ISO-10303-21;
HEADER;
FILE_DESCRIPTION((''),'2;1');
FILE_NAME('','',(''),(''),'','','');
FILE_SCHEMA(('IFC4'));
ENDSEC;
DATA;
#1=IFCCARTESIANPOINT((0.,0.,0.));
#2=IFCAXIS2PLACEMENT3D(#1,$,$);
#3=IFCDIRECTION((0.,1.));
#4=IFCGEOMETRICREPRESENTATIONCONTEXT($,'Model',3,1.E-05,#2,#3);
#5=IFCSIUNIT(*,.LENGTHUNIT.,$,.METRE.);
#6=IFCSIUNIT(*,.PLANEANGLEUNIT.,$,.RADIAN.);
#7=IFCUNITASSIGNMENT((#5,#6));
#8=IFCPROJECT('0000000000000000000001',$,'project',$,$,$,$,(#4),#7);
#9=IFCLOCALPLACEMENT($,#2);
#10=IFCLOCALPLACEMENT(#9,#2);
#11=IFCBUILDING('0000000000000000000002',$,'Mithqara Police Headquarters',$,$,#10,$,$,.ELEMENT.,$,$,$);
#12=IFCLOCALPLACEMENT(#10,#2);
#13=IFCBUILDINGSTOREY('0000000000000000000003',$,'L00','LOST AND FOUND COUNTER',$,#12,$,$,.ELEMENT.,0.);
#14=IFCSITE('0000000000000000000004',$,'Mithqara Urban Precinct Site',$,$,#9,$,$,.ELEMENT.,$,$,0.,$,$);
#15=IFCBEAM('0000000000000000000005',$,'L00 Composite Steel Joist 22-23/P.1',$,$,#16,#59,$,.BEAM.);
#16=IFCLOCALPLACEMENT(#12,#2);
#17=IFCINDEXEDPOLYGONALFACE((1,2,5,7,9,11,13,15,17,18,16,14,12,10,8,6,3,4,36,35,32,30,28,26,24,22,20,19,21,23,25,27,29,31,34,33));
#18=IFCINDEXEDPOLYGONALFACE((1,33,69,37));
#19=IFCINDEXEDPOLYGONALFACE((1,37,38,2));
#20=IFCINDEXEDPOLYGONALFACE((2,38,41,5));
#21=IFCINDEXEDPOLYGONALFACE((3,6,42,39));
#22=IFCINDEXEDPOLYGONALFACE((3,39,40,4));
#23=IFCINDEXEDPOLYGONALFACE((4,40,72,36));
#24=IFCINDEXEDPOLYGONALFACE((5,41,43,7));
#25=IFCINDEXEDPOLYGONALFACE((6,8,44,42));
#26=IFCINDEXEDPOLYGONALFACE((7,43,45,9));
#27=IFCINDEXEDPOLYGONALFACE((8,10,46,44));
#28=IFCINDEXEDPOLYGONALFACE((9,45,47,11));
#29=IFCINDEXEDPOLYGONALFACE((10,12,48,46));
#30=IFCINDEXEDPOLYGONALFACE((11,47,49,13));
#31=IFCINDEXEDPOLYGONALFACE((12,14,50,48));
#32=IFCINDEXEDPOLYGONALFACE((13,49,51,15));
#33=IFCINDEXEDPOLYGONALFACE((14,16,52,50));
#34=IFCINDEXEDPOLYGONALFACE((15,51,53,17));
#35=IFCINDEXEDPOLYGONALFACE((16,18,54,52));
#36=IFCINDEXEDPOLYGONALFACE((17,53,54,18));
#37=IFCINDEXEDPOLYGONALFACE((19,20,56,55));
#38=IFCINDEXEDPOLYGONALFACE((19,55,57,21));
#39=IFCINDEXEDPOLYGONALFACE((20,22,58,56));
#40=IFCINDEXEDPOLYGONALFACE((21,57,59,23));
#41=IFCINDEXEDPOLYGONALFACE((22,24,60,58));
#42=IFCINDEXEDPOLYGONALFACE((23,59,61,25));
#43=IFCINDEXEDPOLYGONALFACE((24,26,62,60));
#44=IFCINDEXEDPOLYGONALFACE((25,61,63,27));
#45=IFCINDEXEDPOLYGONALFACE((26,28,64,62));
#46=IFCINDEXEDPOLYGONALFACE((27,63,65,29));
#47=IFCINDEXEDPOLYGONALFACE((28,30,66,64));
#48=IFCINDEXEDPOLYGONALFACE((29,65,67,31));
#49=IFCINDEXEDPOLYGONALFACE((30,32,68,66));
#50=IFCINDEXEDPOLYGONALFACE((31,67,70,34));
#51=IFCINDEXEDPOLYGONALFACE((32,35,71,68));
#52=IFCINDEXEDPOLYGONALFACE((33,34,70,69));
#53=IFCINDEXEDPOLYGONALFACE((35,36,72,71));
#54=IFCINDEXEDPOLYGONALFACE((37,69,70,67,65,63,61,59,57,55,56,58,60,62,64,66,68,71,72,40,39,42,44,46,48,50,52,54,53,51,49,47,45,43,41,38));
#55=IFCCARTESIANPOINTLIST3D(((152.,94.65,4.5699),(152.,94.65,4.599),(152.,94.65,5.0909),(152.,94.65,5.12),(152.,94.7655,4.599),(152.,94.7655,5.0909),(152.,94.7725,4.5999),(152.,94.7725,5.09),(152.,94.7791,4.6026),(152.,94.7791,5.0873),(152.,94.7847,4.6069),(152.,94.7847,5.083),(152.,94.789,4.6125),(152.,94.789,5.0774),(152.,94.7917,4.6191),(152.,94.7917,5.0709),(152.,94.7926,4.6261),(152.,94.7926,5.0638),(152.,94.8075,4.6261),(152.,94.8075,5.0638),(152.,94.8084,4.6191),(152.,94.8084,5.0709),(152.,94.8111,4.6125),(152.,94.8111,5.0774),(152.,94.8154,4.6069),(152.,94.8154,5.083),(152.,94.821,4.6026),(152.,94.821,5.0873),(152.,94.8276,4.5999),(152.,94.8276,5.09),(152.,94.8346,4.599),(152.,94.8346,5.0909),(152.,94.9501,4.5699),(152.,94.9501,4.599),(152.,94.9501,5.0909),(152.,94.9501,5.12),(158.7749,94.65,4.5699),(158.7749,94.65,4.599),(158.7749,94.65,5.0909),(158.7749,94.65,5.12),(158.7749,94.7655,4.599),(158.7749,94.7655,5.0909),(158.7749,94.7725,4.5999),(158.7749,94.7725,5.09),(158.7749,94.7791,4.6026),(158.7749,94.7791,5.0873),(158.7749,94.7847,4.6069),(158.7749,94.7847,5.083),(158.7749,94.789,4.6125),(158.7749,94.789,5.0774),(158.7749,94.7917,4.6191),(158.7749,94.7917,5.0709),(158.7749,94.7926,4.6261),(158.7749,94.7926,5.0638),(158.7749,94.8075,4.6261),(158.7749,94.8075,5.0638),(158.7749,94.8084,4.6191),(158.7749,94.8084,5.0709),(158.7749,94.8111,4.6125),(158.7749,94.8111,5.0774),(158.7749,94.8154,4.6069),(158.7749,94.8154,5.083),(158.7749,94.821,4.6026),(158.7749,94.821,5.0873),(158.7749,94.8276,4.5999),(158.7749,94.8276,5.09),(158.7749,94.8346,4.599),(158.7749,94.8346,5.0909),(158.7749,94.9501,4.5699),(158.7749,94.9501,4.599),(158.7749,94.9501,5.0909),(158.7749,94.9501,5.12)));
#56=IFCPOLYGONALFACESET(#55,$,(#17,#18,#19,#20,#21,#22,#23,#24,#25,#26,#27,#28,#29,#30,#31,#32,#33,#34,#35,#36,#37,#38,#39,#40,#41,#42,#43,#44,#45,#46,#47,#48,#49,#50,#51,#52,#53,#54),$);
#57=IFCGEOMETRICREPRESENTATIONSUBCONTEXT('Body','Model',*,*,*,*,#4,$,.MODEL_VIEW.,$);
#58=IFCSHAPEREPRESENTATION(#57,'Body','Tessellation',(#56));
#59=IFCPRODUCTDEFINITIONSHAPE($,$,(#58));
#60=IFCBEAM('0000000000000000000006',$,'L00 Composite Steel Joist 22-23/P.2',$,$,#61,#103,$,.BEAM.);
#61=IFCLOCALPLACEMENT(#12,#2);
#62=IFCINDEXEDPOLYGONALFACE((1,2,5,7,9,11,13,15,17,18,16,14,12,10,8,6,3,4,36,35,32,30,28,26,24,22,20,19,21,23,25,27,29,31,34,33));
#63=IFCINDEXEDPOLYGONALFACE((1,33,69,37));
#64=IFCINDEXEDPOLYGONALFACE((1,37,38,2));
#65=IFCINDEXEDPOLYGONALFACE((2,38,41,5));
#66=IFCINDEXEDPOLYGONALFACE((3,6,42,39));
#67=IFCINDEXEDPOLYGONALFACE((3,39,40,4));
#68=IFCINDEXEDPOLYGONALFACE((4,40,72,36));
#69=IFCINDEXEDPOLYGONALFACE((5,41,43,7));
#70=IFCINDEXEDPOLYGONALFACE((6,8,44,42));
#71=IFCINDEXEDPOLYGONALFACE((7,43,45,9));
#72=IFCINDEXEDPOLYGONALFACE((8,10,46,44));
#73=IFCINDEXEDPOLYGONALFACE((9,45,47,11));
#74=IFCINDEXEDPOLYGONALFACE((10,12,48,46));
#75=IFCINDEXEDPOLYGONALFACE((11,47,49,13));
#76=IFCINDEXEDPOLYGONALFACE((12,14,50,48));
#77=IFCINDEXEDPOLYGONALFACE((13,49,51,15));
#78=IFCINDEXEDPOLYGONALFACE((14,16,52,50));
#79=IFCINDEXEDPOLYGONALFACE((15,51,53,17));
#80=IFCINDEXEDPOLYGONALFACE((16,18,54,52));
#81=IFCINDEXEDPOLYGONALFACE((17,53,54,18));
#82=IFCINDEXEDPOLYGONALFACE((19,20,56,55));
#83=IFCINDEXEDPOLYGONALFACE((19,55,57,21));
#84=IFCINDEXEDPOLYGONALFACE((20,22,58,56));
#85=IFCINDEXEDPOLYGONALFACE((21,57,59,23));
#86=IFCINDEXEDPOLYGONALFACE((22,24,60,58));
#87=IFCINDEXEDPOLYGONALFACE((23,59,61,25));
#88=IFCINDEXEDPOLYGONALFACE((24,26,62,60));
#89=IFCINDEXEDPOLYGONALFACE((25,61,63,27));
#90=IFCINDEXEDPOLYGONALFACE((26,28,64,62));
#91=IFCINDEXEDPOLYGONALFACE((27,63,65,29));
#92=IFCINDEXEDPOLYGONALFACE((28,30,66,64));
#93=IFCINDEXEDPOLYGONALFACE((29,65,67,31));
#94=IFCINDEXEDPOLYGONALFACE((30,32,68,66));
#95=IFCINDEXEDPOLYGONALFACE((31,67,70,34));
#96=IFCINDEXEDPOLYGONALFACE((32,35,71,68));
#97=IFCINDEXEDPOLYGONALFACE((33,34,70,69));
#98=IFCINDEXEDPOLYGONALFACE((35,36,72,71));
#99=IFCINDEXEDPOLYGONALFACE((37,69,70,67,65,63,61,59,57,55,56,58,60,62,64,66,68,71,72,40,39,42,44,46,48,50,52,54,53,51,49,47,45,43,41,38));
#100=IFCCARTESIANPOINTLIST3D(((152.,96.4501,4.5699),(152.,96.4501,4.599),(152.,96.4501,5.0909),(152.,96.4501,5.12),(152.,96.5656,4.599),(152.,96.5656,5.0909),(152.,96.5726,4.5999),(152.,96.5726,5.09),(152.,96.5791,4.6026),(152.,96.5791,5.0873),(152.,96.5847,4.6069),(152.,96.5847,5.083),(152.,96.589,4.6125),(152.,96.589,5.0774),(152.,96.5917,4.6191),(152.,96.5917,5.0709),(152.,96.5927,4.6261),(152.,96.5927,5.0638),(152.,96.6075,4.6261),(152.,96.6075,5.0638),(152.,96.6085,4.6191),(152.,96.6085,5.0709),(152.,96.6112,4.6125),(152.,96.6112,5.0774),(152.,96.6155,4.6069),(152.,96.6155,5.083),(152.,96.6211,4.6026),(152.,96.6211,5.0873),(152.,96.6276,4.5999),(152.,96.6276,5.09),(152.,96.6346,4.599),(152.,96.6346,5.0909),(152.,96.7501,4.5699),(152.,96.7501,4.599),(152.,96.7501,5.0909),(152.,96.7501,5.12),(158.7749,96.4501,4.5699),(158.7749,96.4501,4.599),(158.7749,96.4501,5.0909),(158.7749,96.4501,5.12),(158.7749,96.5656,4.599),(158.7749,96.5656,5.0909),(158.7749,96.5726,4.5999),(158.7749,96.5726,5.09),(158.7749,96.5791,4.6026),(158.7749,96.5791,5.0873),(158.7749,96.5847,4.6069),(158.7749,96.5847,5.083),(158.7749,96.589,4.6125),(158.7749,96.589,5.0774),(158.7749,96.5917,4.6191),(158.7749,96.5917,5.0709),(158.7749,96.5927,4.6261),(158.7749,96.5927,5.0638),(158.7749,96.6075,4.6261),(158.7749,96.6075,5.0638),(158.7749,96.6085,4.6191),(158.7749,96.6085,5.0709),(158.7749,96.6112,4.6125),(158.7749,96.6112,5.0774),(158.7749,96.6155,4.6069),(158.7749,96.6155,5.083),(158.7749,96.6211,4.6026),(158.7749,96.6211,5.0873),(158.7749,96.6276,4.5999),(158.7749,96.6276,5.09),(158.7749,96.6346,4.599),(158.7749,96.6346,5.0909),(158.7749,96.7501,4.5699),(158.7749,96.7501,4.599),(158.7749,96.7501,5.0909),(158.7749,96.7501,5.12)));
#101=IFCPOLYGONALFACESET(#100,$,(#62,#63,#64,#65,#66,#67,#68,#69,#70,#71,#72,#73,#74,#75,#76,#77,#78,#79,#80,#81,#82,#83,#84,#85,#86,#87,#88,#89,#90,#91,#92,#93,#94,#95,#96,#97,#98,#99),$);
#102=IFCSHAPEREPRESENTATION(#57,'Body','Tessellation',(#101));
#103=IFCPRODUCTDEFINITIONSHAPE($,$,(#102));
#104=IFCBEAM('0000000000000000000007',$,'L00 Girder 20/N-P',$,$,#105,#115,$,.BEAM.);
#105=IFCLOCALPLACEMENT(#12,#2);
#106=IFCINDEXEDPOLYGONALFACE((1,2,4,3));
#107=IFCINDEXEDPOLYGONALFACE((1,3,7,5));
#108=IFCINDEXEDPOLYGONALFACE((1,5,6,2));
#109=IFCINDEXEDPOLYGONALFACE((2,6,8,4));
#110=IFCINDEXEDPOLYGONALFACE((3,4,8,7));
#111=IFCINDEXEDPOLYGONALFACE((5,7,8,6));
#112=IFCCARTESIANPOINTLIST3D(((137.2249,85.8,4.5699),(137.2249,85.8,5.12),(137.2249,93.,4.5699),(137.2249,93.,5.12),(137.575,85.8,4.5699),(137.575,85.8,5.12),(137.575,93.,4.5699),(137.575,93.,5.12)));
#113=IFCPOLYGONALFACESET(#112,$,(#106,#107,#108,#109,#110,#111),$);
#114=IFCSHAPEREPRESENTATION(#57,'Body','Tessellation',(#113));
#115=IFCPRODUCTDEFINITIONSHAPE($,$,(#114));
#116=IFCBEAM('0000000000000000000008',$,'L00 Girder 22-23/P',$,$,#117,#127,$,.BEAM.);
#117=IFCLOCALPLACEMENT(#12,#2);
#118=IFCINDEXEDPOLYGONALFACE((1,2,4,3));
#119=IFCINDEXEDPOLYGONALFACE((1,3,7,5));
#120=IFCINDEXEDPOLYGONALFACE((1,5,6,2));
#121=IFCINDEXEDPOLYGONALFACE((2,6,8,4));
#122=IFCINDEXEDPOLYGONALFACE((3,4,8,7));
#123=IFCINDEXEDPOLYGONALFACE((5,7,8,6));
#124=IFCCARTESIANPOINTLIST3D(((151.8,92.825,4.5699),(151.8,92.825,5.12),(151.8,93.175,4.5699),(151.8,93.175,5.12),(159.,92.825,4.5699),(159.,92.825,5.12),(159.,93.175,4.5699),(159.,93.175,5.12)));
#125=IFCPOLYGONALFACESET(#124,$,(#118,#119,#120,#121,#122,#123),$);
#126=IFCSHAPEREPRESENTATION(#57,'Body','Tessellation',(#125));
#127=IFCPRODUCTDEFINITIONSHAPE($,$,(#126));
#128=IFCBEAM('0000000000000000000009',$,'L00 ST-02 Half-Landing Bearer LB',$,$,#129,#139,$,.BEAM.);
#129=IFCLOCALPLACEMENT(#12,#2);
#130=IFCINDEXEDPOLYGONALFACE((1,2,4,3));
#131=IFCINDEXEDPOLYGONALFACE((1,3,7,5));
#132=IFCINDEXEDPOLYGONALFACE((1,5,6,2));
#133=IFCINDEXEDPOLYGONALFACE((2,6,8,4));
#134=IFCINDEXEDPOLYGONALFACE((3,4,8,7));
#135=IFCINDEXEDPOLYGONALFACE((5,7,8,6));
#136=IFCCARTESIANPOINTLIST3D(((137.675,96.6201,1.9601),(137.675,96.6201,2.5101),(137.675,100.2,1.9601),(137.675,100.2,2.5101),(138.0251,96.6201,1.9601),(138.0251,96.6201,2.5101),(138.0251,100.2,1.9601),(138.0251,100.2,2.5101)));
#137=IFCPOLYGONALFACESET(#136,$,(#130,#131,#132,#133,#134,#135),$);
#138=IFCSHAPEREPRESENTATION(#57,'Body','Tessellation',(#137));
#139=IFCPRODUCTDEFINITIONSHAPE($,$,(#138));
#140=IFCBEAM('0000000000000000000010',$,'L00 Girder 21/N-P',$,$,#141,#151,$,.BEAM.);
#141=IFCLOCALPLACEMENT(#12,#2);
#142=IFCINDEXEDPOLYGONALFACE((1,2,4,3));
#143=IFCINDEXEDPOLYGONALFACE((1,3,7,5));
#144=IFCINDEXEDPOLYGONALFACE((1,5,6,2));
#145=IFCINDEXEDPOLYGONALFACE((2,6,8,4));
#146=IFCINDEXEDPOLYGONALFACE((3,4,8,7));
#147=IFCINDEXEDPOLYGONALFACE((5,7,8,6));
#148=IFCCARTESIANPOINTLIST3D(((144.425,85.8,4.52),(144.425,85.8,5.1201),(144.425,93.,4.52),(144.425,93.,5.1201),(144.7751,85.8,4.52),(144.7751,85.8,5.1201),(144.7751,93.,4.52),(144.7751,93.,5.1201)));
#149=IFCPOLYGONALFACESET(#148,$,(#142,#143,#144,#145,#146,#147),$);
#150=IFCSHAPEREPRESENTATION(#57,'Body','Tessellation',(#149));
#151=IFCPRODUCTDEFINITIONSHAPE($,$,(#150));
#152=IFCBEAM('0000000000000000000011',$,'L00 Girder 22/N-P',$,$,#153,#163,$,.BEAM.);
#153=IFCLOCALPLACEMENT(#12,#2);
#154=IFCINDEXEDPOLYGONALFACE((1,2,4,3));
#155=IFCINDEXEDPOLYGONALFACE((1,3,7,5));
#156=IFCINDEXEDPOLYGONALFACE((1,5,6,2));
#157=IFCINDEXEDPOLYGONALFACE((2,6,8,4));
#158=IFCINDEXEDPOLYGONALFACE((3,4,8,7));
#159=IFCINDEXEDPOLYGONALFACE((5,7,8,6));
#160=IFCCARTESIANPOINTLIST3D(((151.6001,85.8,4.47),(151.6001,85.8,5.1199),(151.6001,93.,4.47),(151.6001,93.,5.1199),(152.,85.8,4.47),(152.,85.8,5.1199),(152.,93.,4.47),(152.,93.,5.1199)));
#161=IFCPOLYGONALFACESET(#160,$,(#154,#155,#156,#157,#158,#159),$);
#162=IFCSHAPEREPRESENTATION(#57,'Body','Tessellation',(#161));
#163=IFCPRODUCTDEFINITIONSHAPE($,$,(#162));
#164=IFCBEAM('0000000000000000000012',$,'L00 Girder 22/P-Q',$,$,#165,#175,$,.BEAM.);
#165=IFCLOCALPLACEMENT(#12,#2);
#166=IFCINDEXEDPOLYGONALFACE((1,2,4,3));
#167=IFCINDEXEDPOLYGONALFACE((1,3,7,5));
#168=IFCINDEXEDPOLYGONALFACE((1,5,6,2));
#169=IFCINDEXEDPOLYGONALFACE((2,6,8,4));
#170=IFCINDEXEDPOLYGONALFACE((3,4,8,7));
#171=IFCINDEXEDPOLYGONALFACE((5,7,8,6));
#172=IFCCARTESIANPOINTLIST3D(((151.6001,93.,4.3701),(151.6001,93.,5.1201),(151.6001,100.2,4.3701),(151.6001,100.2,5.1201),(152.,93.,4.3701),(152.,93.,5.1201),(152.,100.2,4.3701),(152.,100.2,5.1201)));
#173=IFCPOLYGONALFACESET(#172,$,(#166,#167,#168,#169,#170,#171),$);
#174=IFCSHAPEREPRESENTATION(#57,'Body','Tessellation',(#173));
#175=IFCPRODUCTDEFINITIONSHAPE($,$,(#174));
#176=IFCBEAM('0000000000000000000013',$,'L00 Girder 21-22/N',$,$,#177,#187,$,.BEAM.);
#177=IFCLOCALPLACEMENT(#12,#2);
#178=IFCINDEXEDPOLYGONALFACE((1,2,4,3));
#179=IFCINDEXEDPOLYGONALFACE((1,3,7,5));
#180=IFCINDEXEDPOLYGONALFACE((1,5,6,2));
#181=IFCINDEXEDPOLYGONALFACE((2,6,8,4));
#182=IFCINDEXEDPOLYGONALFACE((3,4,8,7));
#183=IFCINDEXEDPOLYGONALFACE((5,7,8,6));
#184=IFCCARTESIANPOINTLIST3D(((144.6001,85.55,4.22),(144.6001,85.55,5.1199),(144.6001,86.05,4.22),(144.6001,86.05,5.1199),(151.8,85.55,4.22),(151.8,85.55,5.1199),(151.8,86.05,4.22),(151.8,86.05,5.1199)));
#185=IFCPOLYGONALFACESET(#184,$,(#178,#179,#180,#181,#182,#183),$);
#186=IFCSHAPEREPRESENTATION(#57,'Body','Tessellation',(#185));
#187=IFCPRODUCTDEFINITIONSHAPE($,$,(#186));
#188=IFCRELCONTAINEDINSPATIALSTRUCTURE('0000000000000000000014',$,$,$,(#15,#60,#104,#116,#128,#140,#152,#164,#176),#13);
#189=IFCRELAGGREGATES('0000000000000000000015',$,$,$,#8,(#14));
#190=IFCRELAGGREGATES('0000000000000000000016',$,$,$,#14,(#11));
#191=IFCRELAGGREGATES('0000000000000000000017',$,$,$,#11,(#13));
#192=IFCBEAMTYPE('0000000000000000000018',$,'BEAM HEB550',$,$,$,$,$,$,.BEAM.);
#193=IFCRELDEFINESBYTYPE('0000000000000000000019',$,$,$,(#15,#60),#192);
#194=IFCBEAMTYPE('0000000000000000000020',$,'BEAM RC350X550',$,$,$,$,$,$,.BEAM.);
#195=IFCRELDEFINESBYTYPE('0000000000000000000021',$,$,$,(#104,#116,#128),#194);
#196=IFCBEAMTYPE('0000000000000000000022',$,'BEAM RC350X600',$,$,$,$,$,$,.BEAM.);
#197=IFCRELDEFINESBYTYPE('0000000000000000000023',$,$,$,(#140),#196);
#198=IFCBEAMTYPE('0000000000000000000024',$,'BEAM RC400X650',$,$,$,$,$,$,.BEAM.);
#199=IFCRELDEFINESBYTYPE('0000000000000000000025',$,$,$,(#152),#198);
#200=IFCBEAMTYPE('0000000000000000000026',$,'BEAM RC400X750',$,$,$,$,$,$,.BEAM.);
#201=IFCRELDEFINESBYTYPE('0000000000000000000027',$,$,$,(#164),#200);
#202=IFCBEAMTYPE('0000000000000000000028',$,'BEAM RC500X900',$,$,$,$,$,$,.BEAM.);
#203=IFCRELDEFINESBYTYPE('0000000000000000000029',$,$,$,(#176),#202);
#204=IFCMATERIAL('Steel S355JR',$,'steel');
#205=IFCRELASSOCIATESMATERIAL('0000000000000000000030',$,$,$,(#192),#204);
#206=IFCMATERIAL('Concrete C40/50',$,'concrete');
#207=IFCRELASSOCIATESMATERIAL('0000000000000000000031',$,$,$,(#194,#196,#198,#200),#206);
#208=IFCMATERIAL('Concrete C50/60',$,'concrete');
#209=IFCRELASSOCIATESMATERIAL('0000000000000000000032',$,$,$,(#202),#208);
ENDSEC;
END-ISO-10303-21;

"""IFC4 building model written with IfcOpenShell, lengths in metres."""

from ifc_helpers import new_model, si_unit, direction, frame, origin, origin_2d, place, context, subcontext, project, spatial, rectangle, i_section, extrude, material, material_profile, profile_set, type_object, element, save


model = new_model("IFC4")

# Units and contexts
model_context = context("Model", 3, precision=1e-05, world=origin(), true_north=direction((0.0, 1.0)))
body_context = subcontext(model_context, "Body", "Model", "MODEL_VIEW")
ifc_project = project(units=[si_unit("LENGTHUNIT", "METRE"), si_unit("PLANEANGLEUNIT", "RADIAN")], contexts=[model_context])

# Site, building, storey
site_placement = place(None, origin())
site = spatial("IfcSite", under=ifc_project, at=site_placement, Name="Mithqara Urban Precinct Site", CompositionType="ELEMENT", RefElevation=0.0)
building_placement = place(site_placement, origin())
building = spatial("IfcBuilding", under=site, at=building_placement, Name="Mithqara Police Headquarters", CompositionType="ELEMENT")
storey_placement = place(building_placement, origin())
storey = spatial("IfcBuildingStorey", under=building, at=storey_placement, Name="L00", Description="LOST AND FOUND COUNTER", CompositionType="ELEMENT", Elevation=0.0)

# Shared definitions
ifc_material_1 = material(Name="Concrete C50/60", Category="concrete")

# Beams
ifc_material_2 = material(Name="Steel S355JR", Category="steel")
ifc_material_profile_1 = material_profile(ifc_material_2, i_section(OverallWidth=0.3, OverallDepth=0.55, WebThickness=0.0149, FlangeThickness=0.0291, FilletRadius=0.0271, at=origin_2d()), Name="HEB 550")
ifc_profile_set_1 = profile_set([ifc_material_profile_1], Name="Steel S355JR")
beam_type_1 = type_object("IfcBeamType", Name="BEAM HEB550", PredefinedType="BEAM", material=ifc_profile_set_1)
for number, where, z_axis, x_axis, name in (
    (1, (152.0, 94.8, 4.845), (1.0, 0.0, 0.0), (0.0, 1.0, 0.0), "L00 Composite Steel Joist 22-23/P.1"),
    (2, (152.0, 96.6001, 4.845), (1.0, 0.0, 0.0), (0.0, 1.0, 0.0), "L00 Composite Steel Joist 22-23/P.2"),
):
    element("IfcBeam", number, at=place(storey_placement, frame(where, z_axis=z_axis, x_axis=x_axis)), inside=storey, type_object=beam_type_1, Name=name, PredefinedType="BEAM", context=body_context, shape_type="SweptSolid", body=[
        extrude(i_section(OverallWidth=0.3, OverallDepth=0.55, WebThickness=0.0149, FlangeThickness=0.0291, FilletRadius=0.0271, at=origin_2d()), origin(), (0.0, 0.0, 1.0), 6.7749),
    ])
ifc_material_3 = material(Name="Concrete C40/50", Category="concrete")
ifc_material_profile_2 = material_profile(ifc_material_3, rectangle(XDim=0.3501, YDim=0.55, at=origin_2d()), Name="RC 350x550")
ifc_profile_set_2 = profile_set([ifc_material_profile_2], Name="Concrete C40/50")
beam_type_2 = type_object("IfcBeamType", Name="BEAM RC350X550", PredefinedType="BEAM", material=ifc_profile_set_2)
for number, where, z_axis, x_axis, name in (
    (3, (137.3999, 85.8, 4.845), (0.0, 1.0, 0.0), (-1.0, 0.0, 0.0), "L00 Girder 20/N-P"),
    (4, (151.8, 93.0, 4.845), (1.0, 0.0, 0.0), (0.0, 1.0, 0.0), "L00 Girder 22-23/P"),
):
    element("IfcBeam", number, at=place(storey_placement, frame(where, z_axis=z_axis, x_axis=x_axis)), inside=storey, type_object=beam_type_2, Name=name, PredefinedType="BEAM", context=body_context, shape_type="SweptSolid", body=[
        extrude(rectangle(XDim=0.3501, YDim=0.55, at=origin_2d()), origin(), (0.0, 0.0, 1.0), 7.2),
    ])
beam_1_placement = place(storey_placement, frame((137.8501, 96.6201, 2.2351), z_axis=(0.0, 1.0, 0.0), x_axis=(-1.0, 0.0, 0.0)))
element("IfcBeam", 5, at=beam_1_placement, inside=storey, type_object=beam_type_2, Name="L00 ST-02 Half-Landing Bearer LB", PredefinedType="BEAM", context=body_context, shape_type="SweptSolid", body=[
    extrude(rectangle(XDim=0.3501, YDim=0.55, at=origin_2d()), origin(), (0.0, 0.0, 1.0), 3.5798),
])
ifc_material_profile_3 = material_profile(ifc_material_3, rectangle(XDim=0.3501, YDim=0.6001, at=origin_2d()), Name="RC 350x600")
ifc_profile_set_3 = profile_set([ifc_material_profile_3], Name="Concrete C40/50")
beam_type_3 = type_object("IfcBeamType", Name="BEAM RC350X600", PredefinedType="BEAM", material=ifc_profile_set_3)
beam_2_placement = place(storey_placement, frame((144.6001, 85.8, 4.8201), z_axis=(0.0, 1.0, 0.0), x_axis=(-1.0, 0.0, 0.0)))
element("IfcBeam", 6, at=beam_2_placement, inside=storey, type_object=beam_type_3, Name="L00 Girder 21/N-P", PredefinedType="BEAM", context=body_context, shape_type="SweptSolid", body=[
    extrude(rectangle(XDim=0.3501, YDim=0.6001, at=origin_2d()), origin(), (0.0, 0.0, 1.0), 7.2),
])
ifc_material_profile_4 = material_profile(ifc_material_3, rectangle(XDim=0.3999, YDim=0.6499, at=origin_2d()), Name="RC 400x650")
ifc_profile_set_4 = profile_set([ifc_material_profile_4], Name="Concrete C40/50")
beam_type_4 = type_object("IfcBeamType", Name="BEAM RC400X650", PredefinedType="BEAM", material=ifc_profile_set_4)
beam_3_placement = place(storey_placement, frame((151.8, 85.8, 4.7949), z_axis=(0.0, 1.0, 0.0), x_axis=(-1.0, 0.0, 0.0)))
element("IfcBeam", 7, at=beam_3_placement, inside=storey, type_object=beam_type_4, Name="L00 Girder 22/N-P", PredefinedType="BEAM", context=body_context, shape_type="SweptSolid", body=[
    extrude(rectangle(XDim=0.3999, YDim=0.6499, at=origin_2d()), origin(), (0.0, 0.0, 1.0), 7.2),
])
ifc_material_profile_5 = material_profile(ifc_material_3, rectangle(XDim=0.3999, YDim=0.75, at=origin_2d()), Name="RC 400x750")
ifc_profile_set_5 = profile_set([ifc_material_profile_5], Name="Concrete C40/50")
beam_type_5 = type_object("IfcBeamType", Name="BEAM RC400X750", PredefinedType="BEAM", material=ifc_profile_set_5)
beam_4_placement = place(storey_placement, frame((151.8, 93.0, 4.7451), z_axis=(0.0, 1.0, 0.0), x_axis=(-1.0, 0.0, 0.0)))
element("IfcBeam", 8, at=beam_4_placement, inside=storey, type_object=beam_type_5, Name="L00 Girder 22/P-Q", PredefinedType="BEAM", context=body_context, shape_type="SweptSolid", body=[
    extrude(rectangle(XDim=0.3999, YDim=0.75, at=origin_2d()), origin(), (0.0, 0.0, 1.0), 7.2),
])
ifc_material_profile_6 = material_profile(ifc_material_1, rectangle(XDim=0.5, YDim=0.8999, at=origin_2d()), Name="RC 500x900")
ifc_profile_set_6 = profile_set([ifc_material_profile_6], Name="Concrete C50/60")
beam_type_6 = type_object("IfcBeamType", Name="BEAM RC500X900", PredefinedType="BEAM", material=ifc_profile_set_6)
beam_5_placement = place(storey_placement, frame((144.6001, 85.8, 4.6699), z_axis=(1.0, 0.0, 0.0), x_axis=(0.0, 1.0, 0.0)))
element("IfcBeam", 9, at=beam_5_placement, inside=storey, type_object=beam_type_6, Name="L00 Girder 21-22/N", PredefinedType="BEAM", context=body_context, shape_type="SweptSolid", body=[
    extrude(rectangle(XDim=0.5, YDim=0.8999, at=origin_2d()), origin(), (0.0, 0.0, 1.0), 7.2),
])

save(model, "model.ifc")
